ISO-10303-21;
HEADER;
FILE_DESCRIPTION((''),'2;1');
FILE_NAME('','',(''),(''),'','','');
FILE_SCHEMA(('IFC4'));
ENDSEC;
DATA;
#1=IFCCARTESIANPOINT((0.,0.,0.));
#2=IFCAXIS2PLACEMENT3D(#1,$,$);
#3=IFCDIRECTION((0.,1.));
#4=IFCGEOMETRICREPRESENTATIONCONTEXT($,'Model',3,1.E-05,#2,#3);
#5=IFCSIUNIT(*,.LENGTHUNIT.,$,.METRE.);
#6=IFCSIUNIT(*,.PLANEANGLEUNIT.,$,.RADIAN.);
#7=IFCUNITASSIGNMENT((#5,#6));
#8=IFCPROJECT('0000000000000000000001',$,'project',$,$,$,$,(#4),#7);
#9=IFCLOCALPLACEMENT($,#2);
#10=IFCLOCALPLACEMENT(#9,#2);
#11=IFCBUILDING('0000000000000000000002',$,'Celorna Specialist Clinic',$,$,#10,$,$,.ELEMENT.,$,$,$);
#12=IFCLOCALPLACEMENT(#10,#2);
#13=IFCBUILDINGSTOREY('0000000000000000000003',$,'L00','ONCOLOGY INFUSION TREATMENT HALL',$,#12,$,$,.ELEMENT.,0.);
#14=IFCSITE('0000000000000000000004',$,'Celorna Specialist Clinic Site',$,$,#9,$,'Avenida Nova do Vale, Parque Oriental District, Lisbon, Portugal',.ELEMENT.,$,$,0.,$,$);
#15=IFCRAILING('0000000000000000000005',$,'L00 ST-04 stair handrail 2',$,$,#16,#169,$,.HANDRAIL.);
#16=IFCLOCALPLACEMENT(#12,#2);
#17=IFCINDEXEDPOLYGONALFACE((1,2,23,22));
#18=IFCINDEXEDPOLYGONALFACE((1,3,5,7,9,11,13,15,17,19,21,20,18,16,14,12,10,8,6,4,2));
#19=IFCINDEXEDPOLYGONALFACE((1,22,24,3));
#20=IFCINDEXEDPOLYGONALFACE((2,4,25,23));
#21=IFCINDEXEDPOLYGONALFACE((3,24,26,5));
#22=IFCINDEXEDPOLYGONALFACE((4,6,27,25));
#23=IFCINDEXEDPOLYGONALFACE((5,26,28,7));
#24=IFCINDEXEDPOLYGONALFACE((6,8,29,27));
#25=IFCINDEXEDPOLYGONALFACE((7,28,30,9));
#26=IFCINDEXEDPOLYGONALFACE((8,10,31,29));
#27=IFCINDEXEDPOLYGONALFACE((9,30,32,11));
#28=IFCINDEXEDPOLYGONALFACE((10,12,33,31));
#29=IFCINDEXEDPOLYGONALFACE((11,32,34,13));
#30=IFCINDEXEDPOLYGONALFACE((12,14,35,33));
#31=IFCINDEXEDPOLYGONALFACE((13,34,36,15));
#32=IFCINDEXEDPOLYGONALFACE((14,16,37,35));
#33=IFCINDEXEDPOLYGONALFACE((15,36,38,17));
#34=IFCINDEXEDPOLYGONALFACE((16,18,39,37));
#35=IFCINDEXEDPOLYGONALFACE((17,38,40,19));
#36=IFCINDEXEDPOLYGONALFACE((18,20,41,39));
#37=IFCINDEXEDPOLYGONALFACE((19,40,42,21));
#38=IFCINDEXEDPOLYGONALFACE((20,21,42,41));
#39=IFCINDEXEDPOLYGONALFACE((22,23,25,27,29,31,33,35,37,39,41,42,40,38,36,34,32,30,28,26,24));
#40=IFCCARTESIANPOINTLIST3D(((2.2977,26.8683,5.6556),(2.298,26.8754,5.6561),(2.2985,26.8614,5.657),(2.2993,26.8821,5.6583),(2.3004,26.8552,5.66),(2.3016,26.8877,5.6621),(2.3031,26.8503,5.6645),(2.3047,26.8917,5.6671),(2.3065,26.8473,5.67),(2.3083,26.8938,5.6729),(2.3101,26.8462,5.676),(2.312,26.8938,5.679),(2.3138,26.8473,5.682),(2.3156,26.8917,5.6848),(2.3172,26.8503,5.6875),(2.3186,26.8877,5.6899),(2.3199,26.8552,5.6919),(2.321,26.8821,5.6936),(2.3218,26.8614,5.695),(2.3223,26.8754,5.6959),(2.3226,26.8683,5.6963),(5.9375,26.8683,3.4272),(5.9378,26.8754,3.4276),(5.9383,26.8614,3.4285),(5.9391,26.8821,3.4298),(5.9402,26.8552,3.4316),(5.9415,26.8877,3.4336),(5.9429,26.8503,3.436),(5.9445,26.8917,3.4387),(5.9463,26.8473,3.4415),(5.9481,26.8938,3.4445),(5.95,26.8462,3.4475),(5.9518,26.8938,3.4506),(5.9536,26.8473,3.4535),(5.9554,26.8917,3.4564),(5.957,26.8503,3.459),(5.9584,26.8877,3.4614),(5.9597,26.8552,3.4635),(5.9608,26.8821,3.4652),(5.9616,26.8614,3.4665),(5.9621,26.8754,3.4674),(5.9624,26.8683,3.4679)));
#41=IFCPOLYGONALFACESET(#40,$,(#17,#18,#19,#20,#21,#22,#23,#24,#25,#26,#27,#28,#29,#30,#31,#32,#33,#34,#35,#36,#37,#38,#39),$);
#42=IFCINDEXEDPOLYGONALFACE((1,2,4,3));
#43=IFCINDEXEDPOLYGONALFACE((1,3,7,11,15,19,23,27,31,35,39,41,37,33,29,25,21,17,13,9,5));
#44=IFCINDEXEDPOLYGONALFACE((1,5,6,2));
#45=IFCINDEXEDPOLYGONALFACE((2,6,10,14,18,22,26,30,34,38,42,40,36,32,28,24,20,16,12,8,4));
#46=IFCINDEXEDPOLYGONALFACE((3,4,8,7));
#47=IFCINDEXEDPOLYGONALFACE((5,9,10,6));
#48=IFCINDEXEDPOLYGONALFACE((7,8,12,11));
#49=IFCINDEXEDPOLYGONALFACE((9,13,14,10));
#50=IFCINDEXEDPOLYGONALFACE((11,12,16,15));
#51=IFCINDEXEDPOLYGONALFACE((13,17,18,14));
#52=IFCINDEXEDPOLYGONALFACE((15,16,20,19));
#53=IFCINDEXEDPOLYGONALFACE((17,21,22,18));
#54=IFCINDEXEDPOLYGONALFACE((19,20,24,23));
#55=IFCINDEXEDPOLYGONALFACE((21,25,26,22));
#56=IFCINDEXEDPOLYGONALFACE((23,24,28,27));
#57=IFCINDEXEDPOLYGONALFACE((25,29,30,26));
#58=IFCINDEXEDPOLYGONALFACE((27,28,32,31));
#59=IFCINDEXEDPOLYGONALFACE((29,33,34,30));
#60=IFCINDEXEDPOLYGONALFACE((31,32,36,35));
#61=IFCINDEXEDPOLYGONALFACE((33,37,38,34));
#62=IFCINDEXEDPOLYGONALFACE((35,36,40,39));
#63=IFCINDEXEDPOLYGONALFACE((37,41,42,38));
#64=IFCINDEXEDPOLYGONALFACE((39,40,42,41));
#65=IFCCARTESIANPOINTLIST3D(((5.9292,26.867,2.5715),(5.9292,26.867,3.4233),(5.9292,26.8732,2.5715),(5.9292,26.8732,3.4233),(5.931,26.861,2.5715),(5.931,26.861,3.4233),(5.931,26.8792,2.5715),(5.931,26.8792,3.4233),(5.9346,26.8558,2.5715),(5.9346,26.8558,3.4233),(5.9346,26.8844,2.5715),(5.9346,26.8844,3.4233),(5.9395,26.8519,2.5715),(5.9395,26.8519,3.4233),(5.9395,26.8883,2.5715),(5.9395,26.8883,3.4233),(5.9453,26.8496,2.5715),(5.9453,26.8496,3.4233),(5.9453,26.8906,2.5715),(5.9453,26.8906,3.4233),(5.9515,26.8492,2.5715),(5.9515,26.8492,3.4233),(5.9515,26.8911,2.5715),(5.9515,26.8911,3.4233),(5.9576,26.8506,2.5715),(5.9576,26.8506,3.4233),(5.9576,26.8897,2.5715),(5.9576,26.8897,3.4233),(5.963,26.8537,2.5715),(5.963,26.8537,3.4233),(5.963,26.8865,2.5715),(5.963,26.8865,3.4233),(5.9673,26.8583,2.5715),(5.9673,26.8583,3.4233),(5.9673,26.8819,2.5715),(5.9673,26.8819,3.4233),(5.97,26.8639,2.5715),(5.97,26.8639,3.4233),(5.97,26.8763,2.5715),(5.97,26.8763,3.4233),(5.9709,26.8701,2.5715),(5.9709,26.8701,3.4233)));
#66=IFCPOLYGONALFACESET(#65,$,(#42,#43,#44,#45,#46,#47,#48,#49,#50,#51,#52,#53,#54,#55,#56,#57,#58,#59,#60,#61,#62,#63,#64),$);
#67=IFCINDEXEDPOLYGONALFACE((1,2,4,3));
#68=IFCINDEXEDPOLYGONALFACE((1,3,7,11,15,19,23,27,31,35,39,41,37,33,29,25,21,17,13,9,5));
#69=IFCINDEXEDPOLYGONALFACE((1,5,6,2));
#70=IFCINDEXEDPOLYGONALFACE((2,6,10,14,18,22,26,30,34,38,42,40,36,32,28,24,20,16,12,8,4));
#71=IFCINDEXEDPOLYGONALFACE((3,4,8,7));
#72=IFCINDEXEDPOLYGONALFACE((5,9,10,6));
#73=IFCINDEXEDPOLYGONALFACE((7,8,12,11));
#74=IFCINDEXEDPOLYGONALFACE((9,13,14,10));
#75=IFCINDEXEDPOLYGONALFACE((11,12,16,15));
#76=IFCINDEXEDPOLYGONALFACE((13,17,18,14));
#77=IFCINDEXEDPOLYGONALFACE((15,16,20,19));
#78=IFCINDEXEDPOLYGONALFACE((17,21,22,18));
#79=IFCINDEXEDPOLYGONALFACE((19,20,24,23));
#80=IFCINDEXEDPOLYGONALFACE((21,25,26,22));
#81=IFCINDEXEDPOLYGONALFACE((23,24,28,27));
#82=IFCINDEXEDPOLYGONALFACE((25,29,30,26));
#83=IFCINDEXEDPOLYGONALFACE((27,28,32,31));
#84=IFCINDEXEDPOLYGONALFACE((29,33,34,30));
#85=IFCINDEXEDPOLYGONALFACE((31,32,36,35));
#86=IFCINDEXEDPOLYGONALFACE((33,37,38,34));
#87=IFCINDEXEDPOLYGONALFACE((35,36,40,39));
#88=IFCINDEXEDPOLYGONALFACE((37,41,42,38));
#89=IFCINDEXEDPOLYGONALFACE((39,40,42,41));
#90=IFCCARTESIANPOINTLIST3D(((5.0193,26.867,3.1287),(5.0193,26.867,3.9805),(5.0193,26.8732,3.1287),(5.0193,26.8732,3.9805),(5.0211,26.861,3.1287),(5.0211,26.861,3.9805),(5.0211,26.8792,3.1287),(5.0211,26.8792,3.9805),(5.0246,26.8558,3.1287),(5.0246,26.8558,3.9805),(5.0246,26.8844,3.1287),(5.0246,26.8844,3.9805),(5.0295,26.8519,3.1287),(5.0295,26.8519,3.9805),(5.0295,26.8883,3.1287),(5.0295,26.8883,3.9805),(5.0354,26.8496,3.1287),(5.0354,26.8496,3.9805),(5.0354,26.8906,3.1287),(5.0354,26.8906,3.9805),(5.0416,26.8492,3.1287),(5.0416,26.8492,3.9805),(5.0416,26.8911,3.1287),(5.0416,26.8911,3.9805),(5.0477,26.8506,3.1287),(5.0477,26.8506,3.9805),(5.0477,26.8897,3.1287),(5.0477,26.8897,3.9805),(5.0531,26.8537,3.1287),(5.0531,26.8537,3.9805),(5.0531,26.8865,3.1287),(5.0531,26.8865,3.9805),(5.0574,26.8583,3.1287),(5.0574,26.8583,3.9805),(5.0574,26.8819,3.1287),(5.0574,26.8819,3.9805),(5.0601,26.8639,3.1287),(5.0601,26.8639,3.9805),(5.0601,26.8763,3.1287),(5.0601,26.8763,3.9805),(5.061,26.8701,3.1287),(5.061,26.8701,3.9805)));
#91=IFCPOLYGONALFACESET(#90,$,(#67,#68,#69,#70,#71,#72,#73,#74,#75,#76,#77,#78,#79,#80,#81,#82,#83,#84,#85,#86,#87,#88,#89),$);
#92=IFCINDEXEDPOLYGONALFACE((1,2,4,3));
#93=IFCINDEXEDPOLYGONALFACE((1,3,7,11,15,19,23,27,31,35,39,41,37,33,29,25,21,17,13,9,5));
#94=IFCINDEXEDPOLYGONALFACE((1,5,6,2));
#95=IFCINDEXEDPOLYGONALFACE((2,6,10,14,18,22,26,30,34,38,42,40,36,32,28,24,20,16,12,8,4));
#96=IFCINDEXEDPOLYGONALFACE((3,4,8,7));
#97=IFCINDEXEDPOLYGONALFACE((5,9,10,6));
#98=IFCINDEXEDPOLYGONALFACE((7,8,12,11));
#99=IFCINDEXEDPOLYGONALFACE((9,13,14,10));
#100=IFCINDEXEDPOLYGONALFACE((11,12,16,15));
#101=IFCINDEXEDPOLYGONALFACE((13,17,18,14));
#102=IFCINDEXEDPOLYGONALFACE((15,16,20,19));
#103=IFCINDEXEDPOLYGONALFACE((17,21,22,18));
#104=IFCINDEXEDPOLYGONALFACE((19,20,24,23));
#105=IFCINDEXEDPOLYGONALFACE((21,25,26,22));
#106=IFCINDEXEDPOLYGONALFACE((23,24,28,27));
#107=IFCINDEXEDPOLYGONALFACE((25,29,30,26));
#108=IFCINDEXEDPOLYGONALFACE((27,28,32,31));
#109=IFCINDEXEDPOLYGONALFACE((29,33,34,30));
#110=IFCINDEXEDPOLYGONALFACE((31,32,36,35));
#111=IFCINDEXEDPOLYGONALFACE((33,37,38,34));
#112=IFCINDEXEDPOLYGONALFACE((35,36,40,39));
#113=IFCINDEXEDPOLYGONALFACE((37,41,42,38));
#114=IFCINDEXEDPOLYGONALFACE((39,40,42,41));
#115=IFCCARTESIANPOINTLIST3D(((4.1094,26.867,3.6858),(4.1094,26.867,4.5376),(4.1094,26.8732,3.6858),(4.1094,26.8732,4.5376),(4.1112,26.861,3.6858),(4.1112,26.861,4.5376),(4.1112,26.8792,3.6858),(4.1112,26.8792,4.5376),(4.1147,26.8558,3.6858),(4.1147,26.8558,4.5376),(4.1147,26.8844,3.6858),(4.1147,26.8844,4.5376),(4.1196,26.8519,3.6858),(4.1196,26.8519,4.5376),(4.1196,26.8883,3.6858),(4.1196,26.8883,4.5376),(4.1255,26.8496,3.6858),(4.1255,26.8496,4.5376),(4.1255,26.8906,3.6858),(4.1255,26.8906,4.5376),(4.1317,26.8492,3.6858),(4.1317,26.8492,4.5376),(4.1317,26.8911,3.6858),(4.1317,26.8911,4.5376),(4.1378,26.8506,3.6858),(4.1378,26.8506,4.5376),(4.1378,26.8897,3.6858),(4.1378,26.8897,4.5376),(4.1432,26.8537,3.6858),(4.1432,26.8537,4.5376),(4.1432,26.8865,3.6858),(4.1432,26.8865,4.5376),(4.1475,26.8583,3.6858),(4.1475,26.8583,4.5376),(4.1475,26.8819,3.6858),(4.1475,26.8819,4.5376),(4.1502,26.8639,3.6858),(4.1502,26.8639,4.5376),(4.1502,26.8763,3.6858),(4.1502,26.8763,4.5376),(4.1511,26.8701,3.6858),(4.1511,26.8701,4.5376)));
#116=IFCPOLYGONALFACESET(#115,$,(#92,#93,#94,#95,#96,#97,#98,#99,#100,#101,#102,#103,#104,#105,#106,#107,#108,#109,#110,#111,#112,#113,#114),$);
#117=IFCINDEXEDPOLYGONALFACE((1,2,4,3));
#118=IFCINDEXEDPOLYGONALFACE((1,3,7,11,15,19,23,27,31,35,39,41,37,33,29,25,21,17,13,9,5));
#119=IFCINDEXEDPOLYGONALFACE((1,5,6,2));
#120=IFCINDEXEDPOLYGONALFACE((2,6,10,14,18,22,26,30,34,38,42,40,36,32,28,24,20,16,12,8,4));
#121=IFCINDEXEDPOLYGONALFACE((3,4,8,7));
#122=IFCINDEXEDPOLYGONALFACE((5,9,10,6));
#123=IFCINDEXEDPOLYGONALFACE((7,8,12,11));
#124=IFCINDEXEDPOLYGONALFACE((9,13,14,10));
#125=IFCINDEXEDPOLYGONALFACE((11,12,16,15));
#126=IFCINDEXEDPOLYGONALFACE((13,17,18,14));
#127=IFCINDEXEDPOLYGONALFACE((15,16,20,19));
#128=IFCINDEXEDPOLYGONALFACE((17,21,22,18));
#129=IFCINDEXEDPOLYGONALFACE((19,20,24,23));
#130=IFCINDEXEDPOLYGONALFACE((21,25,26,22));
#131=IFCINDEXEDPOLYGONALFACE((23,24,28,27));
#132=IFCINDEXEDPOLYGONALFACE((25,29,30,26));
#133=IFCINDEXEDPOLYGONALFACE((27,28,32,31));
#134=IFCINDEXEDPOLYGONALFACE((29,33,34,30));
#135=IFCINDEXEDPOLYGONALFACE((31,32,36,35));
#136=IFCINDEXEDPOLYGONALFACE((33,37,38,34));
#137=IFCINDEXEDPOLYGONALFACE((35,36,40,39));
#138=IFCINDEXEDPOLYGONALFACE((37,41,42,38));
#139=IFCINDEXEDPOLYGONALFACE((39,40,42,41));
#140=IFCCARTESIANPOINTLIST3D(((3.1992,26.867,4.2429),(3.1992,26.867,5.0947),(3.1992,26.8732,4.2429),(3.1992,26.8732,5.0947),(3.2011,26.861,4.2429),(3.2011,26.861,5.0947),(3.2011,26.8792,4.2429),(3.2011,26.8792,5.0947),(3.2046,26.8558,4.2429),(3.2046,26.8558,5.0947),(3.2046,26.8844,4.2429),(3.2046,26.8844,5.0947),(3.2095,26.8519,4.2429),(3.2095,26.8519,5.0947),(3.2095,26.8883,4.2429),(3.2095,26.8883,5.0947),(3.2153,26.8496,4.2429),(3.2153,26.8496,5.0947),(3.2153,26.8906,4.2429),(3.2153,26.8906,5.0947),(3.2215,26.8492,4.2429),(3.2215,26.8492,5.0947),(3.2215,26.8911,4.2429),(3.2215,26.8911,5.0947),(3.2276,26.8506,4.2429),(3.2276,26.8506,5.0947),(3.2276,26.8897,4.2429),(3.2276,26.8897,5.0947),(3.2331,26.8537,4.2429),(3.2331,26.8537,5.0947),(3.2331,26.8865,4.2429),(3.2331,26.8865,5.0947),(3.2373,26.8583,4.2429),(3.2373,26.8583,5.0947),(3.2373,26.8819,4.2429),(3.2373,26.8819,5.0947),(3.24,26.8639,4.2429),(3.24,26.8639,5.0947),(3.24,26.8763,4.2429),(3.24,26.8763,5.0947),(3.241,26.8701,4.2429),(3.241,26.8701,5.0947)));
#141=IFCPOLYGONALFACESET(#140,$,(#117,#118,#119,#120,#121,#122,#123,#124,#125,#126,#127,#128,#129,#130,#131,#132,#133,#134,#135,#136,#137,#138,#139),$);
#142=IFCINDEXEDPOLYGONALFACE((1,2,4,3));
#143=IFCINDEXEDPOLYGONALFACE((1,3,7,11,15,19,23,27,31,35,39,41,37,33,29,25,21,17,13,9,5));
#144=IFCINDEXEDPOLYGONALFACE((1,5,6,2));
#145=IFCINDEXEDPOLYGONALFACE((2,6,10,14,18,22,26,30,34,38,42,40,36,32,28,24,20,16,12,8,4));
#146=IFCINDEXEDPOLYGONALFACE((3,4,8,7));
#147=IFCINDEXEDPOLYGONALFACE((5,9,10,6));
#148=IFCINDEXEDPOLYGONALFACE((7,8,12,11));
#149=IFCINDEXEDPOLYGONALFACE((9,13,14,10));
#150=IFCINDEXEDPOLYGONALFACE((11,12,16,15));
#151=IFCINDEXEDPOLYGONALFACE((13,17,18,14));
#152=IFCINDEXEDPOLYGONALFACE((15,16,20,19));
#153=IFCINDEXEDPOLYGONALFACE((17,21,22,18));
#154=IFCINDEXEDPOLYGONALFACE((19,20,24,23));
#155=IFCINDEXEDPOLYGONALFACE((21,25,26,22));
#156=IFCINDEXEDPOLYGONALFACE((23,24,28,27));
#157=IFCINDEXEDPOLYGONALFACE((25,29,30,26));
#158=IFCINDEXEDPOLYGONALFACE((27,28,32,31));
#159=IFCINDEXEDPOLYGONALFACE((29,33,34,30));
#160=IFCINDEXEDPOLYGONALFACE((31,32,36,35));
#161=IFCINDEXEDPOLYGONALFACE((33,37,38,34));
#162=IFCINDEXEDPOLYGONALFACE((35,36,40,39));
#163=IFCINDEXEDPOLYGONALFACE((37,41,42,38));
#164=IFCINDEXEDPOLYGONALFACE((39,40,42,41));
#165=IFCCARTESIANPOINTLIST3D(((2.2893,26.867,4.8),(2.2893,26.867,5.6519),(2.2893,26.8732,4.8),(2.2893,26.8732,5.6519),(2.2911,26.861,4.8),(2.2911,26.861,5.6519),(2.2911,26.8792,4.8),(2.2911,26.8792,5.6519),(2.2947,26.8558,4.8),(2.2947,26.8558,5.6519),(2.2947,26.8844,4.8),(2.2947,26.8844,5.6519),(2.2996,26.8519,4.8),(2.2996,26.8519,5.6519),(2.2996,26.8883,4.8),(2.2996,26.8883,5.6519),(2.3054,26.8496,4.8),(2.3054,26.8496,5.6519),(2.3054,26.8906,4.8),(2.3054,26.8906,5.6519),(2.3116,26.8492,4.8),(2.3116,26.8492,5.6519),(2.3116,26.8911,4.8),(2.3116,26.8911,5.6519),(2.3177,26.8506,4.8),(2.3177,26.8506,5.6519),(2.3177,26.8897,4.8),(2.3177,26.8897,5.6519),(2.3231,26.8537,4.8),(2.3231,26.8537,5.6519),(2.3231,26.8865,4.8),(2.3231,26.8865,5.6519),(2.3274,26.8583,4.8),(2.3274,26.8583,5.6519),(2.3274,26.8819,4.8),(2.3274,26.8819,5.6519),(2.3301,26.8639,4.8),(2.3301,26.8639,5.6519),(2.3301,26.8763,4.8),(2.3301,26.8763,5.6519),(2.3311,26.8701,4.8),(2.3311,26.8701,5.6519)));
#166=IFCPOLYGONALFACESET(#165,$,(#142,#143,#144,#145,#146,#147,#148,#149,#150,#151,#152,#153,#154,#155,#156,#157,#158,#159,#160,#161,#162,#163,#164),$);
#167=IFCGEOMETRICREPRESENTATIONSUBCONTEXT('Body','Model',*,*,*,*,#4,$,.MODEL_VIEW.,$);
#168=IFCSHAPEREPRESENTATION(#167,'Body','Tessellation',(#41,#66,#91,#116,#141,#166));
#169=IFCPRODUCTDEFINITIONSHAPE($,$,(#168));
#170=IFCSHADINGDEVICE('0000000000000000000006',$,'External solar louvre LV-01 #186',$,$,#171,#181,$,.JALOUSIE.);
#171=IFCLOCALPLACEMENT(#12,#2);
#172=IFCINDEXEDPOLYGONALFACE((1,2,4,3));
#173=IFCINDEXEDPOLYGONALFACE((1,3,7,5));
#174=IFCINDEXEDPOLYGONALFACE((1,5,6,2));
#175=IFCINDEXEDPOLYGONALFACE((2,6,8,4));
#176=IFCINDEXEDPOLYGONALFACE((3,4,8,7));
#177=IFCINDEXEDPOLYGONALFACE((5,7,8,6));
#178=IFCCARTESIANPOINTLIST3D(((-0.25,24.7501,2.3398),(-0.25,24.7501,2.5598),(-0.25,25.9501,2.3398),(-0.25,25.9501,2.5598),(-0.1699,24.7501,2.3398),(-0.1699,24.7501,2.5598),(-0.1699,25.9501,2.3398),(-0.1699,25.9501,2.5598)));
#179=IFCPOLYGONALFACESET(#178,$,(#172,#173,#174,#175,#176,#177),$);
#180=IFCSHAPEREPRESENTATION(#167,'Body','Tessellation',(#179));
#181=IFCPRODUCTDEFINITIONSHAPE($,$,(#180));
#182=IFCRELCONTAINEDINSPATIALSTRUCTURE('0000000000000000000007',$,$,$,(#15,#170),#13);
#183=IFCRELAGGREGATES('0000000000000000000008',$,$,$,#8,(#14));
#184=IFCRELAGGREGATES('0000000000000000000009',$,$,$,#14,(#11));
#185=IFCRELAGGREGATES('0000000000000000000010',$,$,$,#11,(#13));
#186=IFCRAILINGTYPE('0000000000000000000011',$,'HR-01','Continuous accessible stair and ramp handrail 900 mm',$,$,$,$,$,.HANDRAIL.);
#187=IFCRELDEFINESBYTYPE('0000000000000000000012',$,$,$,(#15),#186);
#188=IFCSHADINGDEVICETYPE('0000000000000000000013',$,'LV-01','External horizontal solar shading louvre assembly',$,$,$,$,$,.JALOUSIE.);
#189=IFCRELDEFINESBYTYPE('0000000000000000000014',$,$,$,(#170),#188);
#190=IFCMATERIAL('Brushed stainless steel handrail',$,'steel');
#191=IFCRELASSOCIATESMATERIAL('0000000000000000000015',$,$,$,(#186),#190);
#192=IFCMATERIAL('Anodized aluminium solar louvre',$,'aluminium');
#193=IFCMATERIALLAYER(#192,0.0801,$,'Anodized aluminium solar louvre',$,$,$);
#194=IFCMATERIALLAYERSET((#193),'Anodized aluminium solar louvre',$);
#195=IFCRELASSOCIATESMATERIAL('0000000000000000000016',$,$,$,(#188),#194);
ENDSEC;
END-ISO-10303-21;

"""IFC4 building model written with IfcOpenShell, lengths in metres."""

from ifc_helpers import new_model, si_unit, direction, frame, origin, origin_2d, place, context, subcontext, project, spatial, rectangle, circle, extrude, material, layer, layer_set, type_object, element, save


model = new_model("IFC4")

# Units and contexts
model_context = context("Model", 3, precision=1e-05, world=origin(), true_north=direction((0.0, 1.0)))
body_context = subcontext(model_context, "Body", "Model", "MODEL_VIEW")
ifc_project = project(units=[si_unit("LENGTHUNIT", "METRE"), si_unit("PLANEANGLEUNIT", "RADIAN")], contexts=[model_context])

# Site, building, storey
site_placement = place(None, origin())
site = spatial("IfcSite", under=ifc_project, at=site_placement, Name="Celorna Specialist Clinic Site", LongName="Avenida Nova do Vale, Parque Oriental District, Lisbon, Portugal", CompositionType="ELEMENT", RefElevation=0.0)
building_placement = place(site_placement, origin())
building = spatial("IfcBuilding", under=site, at=building_placement, Name="Celorna Specialist Clinic", CompositionType="ELEMENT")
storey_placement = place(building_placement, origin())
storey = spatial("IfcBuildingStorey", under=building, at=storey_placement, Name="L00", Description="ONCOLOGY INFUSION TREATMENT HALL", CompositionType="ELEMENT", Elevation=0.0)

# Railing
ifc_material_1 = material(Name="Brushed stainless steel handrail", Category="steel")
railing_type_1 = type_object("IfcRailingType", Name="HR-01", Description="Continuous accessible stair and ramp handrail 900 mm", PredefinedType="HANDRAIL", material=ifc_material_1)
railing_1_placement = place(storey_placement, frame((5.95, 26.8701, 2.5715)))
element("IfcRailing", 1, at=railing_1_placement, inside=storey, type_object=railing_type_1, Name="L00 ST-04 stair handrail 2", PredefinedType="HANDRAIL", context=body_context, shape_type="SweptSolid", body=[
    extrude(circle(Radius=0.0239, at=origin_2d()), frame((0.0, 0.0, 0.876), z_axis=(-0.85285, 0.0, 0.522156), x_axis=(0.0, -1.0, 0.0)), (0.0, 0.0, 1.0), 4.2678),
    extrude(circle(Radius=0.021, at=origin_2d()), origin(), (0.0, 0.0, 1.0), 0.8518),
    extrude(circle(Radius=0.021, at=origin_2d()), frame((-0.9099, 0.0, 0.5571)), (0.0, 0.0, 1.0), 0.8518),
    extrude(circle(Radius=0.021, at=origin_2d()), frame((-1.8198, 0.0, 1.1143)), (0.0, 0.0, 1.0), 0.8518),
    extrude(circle(Radius=0.021, at=origin_2d()), frame((-2.73, 0.0, 1.6714)), (0.0, 0.0, 1.0), 0.8518),
    extrude(circle(Radius=0.021, at=origin_2d()), frame((-3.6399, 0.0, 2.2285)), (0.0, 0.0, 1.0), 0.8518),
])

# Shading device
ifc_material_2 = material(Name="Anodized aluminium solar louvre", Category="aluminium")
ifc_layer_1 = layer(ifc_material_2, 0.0801, Name="Anodized aluminium solar louvre")
ifc_layer_set_1 = layer_set([ifc_layer_1], Name="Anodized aluminium solar louvre")
shading_device_type = type_object("IfcShadingDeviceType", Name="LV-01", Description="External horizontal solar shading louvre assembly", PredefinedType="JALOUSIE", material=ifc_layer_set_1)
shading_device_placement = place(storey_placement, frame((-0.21, 25.3501, 2.3398), z_axis=(0.0, 0.0, 1.0), x_axis=(0.0, 1.0, 0.0)))
element("IfcShadingDevice", 2, at=shading_device_placement, inside=storey, type_object=shading_device_type, Name="External solar louvre LV-01 #186", PredefinedType="JALOUSIE", context=body_context, shape_type="SweptSolid", body=[
    extrude(rectangle(XDim=1.2, YDim=0.0801, at=origin_2d()), origin(), (0.0, 0.0, 1.0), 0.22),
])

save(model, "model.ifc")
